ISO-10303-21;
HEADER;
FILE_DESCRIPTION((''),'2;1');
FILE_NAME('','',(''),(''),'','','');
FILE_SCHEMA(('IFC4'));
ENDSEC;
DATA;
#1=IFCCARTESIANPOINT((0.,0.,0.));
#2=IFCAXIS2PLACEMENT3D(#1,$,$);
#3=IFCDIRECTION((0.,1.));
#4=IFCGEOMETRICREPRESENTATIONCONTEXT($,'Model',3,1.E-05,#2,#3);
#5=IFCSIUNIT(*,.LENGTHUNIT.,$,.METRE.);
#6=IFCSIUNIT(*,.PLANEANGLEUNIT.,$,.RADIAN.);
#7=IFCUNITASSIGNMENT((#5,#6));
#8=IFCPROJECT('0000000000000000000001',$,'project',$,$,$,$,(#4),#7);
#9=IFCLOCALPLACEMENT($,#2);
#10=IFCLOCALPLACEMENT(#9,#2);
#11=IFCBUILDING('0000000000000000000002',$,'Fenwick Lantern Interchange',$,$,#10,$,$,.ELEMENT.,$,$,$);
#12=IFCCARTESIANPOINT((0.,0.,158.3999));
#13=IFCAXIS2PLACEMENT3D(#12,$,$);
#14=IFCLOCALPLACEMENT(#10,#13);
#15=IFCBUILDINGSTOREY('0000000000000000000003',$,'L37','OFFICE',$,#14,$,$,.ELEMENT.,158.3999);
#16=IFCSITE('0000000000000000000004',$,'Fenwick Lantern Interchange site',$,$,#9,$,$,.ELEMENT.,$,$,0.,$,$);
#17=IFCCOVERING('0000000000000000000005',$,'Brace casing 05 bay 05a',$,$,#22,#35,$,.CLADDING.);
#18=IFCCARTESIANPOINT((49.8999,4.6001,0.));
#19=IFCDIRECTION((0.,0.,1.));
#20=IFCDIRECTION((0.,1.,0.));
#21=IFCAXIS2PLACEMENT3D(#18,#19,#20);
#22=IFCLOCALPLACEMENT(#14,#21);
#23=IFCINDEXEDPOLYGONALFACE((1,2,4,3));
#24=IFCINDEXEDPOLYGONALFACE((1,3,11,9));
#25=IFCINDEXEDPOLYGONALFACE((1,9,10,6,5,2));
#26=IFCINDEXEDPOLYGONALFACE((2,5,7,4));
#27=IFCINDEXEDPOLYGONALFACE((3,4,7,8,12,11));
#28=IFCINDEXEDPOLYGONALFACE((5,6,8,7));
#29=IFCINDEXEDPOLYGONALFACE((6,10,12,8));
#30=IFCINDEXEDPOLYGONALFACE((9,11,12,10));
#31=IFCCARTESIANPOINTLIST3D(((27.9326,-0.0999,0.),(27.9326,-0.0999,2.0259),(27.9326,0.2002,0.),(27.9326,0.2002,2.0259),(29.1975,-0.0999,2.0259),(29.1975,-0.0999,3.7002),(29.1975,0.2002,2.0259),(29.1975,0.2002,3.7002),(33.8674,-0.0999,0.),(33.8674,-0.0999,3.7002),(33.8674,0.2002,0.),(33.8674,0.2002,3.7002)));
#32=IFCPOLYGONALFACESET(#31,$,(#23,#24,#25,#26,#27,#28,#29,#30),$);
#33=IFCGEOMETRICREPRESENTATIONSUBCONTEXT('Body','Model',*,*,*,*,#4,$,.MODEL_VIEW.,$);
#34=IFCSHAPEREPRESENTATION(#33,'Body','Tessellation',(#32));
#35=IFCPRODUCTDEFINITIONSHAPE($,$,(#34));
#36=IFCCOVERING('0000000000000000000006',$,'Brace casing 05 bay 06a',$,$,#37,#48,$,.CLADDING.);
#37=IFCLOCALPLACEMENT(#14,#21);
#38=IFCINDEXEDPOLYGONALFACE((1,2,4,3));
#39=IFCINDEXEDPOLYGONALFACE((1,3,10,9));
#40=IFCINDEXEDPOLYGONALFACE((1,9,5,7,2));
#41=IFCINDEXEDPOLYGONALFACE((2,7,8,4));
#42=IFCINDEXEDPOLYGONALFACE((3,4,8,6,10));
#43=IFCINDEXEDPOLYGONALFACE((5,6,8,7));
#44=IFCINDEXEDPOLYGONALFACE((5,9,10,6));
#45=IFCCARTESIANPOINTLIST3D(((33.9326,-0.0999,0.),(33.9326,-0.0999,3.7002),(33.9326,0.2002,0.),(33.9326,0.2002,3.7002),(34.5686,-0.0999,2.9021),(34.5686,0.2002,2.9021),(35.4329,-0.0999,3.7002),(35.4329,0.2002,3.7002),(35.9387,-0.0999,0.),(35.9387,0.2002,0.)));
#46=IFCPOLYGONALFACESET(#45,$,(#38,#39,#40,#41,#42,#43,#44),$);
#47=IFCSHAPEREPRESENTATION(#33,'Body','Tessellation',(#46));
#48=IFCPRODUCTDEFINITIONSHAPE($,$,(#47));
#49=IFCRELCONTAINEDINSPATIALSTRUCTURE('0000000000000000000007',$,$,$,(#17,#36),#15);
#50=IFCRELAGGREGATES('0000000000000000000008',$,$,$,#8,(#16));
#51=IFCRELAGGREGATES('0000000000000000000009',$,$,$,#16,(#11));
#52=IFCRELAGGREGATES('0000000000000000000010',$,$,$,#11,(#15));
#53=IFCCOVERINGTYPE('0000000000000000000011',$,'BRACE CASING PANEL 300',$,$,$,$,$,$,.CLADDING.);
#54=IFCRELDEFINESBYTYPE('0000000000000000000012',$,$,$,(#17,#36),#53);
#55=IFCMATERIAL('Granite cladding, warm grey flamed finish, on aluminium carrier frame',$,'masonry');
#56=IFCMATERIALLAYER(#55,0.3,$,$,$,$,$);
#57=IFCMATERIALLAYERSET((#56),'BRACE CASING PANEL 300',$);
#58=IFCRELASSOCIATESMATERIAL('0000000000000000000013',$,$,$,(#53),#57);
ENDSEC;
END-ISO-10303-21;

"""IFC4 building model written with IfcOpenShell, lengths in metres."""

from ifc_helpers import new_model, si_unit, direction, frame, origin, place, context, subcontext, project, spatial, polyline, outline, extrude, material, layer, layer_set, type_object, element, save


model = new_model("IFC4")

# Units and contexts
model_context = context("Model", 3, precision=1e-05, world=origin(), true_north=direction((0.0, 1.0)))
body_context = subcontext(model_context, "Body", "Model", "MODEL_VIEW")
ifc_project = project(units=[si_unit("LENGTHUNIT", "METRE"), si_unit("PLANEANGLEUNIT", "RADIAN")], contexts=[model_context])

# Site, building, storey
site_placement = place(None, origin())
site = spatial("IfcSite", under=ifc_project, at=site_placement, Name="Fenwick Lantern Interchange site", CompositionType="ELEMENT", RefElevation=0.0)
building_placement = place(site_placement, origin())
building = spatial("IfcBuilding", under=site, at=building_placement, Name="Fenwick Lantern Interchange", CompositionType="ELEMENT")
storey_placement = place(building_placement, frame((0.0, 0.0, 158.3999)))
storey = spatial("IfcBuildingStorey", under=building, at=storey_placement, Name="L37", Description="OFFICE", CompositionType="ELEMENT", Elevation=158.3999)

# Coverings
ifc_material_1 = material(Name="Granite cladding, warm grey flamed finish, on aluminium carrier frame", Category="masonry")
ifc_layer_1 = layer(ifc_material_1, 0.3)
ifc_layer_set_1 = layer_set([ifc_layer_1], Name="BRACE CASING PANEL 300")
covering_type = type_object("IfcCoveringType", Name="BRACE CASING PANEL 300", PredefinedType="CLADDING", material=ifc_layer_set_1)
covering_1_placement = place(storey_placement, frame((49.8999, 4.6001, 0.0), z_axis=(0.0, 0.0, 1.0), x_axis=(0.0, 1.0, 0.0)))
element("IfcCovering", 1, at=covering_1_placement, inside=storey, type_object=covering_type, Name="Brace casing 05 bay 05a", PredefinedType="CLADDING", context=body_context, shape_type="SweptSolid", body=[
    extrude(outline(polyline([(27.9326, 0.0), (33.8674, 0.0), (33.8674, 3.7002), (29.1975, 3.7002), (29.1975, 2.0259), (27.9326, 2.0259), (27.9326, 0.0)])), frame((0.0, 0.2002, 0.0), z_axis=(0.0, -1.0, 0.0), x_axis=(1.0, 0.0, 0.0)), (0.0, 0.0, 1.0), 0.3),
])
covering_2_placement = place(storey_placement, frame((49.8999, 4.6001, 0.0), z_axis=(0.0, 0.0, 1.0), x_axis=(0.0, 1.0, 0.0)))
element("IfcCovering", 2, at=covering_2_placement, inside=storey, type_object=covering_type, Name="Brace casing 05 bay 06a", PredefinedType="CLADDING", context=body_context, shape_type="SweptSolid", body=[
    extrude(outline(polyline([(33.9326, 0.0), (35.9387, 0.0), (34.5686, 2.9021), (35.4329, 3.7002), (33.9326, 3.7002), (33.9326, 0.0)])), frame((0.0, 0.2002, 0.0), z_axis=(0.0, -1.0, 0.0), x_axis=(1.0, 0.0, 0.0)), (0.0, 0.0, 1.0), 0.3),
])

save(model, "model.ifc")
